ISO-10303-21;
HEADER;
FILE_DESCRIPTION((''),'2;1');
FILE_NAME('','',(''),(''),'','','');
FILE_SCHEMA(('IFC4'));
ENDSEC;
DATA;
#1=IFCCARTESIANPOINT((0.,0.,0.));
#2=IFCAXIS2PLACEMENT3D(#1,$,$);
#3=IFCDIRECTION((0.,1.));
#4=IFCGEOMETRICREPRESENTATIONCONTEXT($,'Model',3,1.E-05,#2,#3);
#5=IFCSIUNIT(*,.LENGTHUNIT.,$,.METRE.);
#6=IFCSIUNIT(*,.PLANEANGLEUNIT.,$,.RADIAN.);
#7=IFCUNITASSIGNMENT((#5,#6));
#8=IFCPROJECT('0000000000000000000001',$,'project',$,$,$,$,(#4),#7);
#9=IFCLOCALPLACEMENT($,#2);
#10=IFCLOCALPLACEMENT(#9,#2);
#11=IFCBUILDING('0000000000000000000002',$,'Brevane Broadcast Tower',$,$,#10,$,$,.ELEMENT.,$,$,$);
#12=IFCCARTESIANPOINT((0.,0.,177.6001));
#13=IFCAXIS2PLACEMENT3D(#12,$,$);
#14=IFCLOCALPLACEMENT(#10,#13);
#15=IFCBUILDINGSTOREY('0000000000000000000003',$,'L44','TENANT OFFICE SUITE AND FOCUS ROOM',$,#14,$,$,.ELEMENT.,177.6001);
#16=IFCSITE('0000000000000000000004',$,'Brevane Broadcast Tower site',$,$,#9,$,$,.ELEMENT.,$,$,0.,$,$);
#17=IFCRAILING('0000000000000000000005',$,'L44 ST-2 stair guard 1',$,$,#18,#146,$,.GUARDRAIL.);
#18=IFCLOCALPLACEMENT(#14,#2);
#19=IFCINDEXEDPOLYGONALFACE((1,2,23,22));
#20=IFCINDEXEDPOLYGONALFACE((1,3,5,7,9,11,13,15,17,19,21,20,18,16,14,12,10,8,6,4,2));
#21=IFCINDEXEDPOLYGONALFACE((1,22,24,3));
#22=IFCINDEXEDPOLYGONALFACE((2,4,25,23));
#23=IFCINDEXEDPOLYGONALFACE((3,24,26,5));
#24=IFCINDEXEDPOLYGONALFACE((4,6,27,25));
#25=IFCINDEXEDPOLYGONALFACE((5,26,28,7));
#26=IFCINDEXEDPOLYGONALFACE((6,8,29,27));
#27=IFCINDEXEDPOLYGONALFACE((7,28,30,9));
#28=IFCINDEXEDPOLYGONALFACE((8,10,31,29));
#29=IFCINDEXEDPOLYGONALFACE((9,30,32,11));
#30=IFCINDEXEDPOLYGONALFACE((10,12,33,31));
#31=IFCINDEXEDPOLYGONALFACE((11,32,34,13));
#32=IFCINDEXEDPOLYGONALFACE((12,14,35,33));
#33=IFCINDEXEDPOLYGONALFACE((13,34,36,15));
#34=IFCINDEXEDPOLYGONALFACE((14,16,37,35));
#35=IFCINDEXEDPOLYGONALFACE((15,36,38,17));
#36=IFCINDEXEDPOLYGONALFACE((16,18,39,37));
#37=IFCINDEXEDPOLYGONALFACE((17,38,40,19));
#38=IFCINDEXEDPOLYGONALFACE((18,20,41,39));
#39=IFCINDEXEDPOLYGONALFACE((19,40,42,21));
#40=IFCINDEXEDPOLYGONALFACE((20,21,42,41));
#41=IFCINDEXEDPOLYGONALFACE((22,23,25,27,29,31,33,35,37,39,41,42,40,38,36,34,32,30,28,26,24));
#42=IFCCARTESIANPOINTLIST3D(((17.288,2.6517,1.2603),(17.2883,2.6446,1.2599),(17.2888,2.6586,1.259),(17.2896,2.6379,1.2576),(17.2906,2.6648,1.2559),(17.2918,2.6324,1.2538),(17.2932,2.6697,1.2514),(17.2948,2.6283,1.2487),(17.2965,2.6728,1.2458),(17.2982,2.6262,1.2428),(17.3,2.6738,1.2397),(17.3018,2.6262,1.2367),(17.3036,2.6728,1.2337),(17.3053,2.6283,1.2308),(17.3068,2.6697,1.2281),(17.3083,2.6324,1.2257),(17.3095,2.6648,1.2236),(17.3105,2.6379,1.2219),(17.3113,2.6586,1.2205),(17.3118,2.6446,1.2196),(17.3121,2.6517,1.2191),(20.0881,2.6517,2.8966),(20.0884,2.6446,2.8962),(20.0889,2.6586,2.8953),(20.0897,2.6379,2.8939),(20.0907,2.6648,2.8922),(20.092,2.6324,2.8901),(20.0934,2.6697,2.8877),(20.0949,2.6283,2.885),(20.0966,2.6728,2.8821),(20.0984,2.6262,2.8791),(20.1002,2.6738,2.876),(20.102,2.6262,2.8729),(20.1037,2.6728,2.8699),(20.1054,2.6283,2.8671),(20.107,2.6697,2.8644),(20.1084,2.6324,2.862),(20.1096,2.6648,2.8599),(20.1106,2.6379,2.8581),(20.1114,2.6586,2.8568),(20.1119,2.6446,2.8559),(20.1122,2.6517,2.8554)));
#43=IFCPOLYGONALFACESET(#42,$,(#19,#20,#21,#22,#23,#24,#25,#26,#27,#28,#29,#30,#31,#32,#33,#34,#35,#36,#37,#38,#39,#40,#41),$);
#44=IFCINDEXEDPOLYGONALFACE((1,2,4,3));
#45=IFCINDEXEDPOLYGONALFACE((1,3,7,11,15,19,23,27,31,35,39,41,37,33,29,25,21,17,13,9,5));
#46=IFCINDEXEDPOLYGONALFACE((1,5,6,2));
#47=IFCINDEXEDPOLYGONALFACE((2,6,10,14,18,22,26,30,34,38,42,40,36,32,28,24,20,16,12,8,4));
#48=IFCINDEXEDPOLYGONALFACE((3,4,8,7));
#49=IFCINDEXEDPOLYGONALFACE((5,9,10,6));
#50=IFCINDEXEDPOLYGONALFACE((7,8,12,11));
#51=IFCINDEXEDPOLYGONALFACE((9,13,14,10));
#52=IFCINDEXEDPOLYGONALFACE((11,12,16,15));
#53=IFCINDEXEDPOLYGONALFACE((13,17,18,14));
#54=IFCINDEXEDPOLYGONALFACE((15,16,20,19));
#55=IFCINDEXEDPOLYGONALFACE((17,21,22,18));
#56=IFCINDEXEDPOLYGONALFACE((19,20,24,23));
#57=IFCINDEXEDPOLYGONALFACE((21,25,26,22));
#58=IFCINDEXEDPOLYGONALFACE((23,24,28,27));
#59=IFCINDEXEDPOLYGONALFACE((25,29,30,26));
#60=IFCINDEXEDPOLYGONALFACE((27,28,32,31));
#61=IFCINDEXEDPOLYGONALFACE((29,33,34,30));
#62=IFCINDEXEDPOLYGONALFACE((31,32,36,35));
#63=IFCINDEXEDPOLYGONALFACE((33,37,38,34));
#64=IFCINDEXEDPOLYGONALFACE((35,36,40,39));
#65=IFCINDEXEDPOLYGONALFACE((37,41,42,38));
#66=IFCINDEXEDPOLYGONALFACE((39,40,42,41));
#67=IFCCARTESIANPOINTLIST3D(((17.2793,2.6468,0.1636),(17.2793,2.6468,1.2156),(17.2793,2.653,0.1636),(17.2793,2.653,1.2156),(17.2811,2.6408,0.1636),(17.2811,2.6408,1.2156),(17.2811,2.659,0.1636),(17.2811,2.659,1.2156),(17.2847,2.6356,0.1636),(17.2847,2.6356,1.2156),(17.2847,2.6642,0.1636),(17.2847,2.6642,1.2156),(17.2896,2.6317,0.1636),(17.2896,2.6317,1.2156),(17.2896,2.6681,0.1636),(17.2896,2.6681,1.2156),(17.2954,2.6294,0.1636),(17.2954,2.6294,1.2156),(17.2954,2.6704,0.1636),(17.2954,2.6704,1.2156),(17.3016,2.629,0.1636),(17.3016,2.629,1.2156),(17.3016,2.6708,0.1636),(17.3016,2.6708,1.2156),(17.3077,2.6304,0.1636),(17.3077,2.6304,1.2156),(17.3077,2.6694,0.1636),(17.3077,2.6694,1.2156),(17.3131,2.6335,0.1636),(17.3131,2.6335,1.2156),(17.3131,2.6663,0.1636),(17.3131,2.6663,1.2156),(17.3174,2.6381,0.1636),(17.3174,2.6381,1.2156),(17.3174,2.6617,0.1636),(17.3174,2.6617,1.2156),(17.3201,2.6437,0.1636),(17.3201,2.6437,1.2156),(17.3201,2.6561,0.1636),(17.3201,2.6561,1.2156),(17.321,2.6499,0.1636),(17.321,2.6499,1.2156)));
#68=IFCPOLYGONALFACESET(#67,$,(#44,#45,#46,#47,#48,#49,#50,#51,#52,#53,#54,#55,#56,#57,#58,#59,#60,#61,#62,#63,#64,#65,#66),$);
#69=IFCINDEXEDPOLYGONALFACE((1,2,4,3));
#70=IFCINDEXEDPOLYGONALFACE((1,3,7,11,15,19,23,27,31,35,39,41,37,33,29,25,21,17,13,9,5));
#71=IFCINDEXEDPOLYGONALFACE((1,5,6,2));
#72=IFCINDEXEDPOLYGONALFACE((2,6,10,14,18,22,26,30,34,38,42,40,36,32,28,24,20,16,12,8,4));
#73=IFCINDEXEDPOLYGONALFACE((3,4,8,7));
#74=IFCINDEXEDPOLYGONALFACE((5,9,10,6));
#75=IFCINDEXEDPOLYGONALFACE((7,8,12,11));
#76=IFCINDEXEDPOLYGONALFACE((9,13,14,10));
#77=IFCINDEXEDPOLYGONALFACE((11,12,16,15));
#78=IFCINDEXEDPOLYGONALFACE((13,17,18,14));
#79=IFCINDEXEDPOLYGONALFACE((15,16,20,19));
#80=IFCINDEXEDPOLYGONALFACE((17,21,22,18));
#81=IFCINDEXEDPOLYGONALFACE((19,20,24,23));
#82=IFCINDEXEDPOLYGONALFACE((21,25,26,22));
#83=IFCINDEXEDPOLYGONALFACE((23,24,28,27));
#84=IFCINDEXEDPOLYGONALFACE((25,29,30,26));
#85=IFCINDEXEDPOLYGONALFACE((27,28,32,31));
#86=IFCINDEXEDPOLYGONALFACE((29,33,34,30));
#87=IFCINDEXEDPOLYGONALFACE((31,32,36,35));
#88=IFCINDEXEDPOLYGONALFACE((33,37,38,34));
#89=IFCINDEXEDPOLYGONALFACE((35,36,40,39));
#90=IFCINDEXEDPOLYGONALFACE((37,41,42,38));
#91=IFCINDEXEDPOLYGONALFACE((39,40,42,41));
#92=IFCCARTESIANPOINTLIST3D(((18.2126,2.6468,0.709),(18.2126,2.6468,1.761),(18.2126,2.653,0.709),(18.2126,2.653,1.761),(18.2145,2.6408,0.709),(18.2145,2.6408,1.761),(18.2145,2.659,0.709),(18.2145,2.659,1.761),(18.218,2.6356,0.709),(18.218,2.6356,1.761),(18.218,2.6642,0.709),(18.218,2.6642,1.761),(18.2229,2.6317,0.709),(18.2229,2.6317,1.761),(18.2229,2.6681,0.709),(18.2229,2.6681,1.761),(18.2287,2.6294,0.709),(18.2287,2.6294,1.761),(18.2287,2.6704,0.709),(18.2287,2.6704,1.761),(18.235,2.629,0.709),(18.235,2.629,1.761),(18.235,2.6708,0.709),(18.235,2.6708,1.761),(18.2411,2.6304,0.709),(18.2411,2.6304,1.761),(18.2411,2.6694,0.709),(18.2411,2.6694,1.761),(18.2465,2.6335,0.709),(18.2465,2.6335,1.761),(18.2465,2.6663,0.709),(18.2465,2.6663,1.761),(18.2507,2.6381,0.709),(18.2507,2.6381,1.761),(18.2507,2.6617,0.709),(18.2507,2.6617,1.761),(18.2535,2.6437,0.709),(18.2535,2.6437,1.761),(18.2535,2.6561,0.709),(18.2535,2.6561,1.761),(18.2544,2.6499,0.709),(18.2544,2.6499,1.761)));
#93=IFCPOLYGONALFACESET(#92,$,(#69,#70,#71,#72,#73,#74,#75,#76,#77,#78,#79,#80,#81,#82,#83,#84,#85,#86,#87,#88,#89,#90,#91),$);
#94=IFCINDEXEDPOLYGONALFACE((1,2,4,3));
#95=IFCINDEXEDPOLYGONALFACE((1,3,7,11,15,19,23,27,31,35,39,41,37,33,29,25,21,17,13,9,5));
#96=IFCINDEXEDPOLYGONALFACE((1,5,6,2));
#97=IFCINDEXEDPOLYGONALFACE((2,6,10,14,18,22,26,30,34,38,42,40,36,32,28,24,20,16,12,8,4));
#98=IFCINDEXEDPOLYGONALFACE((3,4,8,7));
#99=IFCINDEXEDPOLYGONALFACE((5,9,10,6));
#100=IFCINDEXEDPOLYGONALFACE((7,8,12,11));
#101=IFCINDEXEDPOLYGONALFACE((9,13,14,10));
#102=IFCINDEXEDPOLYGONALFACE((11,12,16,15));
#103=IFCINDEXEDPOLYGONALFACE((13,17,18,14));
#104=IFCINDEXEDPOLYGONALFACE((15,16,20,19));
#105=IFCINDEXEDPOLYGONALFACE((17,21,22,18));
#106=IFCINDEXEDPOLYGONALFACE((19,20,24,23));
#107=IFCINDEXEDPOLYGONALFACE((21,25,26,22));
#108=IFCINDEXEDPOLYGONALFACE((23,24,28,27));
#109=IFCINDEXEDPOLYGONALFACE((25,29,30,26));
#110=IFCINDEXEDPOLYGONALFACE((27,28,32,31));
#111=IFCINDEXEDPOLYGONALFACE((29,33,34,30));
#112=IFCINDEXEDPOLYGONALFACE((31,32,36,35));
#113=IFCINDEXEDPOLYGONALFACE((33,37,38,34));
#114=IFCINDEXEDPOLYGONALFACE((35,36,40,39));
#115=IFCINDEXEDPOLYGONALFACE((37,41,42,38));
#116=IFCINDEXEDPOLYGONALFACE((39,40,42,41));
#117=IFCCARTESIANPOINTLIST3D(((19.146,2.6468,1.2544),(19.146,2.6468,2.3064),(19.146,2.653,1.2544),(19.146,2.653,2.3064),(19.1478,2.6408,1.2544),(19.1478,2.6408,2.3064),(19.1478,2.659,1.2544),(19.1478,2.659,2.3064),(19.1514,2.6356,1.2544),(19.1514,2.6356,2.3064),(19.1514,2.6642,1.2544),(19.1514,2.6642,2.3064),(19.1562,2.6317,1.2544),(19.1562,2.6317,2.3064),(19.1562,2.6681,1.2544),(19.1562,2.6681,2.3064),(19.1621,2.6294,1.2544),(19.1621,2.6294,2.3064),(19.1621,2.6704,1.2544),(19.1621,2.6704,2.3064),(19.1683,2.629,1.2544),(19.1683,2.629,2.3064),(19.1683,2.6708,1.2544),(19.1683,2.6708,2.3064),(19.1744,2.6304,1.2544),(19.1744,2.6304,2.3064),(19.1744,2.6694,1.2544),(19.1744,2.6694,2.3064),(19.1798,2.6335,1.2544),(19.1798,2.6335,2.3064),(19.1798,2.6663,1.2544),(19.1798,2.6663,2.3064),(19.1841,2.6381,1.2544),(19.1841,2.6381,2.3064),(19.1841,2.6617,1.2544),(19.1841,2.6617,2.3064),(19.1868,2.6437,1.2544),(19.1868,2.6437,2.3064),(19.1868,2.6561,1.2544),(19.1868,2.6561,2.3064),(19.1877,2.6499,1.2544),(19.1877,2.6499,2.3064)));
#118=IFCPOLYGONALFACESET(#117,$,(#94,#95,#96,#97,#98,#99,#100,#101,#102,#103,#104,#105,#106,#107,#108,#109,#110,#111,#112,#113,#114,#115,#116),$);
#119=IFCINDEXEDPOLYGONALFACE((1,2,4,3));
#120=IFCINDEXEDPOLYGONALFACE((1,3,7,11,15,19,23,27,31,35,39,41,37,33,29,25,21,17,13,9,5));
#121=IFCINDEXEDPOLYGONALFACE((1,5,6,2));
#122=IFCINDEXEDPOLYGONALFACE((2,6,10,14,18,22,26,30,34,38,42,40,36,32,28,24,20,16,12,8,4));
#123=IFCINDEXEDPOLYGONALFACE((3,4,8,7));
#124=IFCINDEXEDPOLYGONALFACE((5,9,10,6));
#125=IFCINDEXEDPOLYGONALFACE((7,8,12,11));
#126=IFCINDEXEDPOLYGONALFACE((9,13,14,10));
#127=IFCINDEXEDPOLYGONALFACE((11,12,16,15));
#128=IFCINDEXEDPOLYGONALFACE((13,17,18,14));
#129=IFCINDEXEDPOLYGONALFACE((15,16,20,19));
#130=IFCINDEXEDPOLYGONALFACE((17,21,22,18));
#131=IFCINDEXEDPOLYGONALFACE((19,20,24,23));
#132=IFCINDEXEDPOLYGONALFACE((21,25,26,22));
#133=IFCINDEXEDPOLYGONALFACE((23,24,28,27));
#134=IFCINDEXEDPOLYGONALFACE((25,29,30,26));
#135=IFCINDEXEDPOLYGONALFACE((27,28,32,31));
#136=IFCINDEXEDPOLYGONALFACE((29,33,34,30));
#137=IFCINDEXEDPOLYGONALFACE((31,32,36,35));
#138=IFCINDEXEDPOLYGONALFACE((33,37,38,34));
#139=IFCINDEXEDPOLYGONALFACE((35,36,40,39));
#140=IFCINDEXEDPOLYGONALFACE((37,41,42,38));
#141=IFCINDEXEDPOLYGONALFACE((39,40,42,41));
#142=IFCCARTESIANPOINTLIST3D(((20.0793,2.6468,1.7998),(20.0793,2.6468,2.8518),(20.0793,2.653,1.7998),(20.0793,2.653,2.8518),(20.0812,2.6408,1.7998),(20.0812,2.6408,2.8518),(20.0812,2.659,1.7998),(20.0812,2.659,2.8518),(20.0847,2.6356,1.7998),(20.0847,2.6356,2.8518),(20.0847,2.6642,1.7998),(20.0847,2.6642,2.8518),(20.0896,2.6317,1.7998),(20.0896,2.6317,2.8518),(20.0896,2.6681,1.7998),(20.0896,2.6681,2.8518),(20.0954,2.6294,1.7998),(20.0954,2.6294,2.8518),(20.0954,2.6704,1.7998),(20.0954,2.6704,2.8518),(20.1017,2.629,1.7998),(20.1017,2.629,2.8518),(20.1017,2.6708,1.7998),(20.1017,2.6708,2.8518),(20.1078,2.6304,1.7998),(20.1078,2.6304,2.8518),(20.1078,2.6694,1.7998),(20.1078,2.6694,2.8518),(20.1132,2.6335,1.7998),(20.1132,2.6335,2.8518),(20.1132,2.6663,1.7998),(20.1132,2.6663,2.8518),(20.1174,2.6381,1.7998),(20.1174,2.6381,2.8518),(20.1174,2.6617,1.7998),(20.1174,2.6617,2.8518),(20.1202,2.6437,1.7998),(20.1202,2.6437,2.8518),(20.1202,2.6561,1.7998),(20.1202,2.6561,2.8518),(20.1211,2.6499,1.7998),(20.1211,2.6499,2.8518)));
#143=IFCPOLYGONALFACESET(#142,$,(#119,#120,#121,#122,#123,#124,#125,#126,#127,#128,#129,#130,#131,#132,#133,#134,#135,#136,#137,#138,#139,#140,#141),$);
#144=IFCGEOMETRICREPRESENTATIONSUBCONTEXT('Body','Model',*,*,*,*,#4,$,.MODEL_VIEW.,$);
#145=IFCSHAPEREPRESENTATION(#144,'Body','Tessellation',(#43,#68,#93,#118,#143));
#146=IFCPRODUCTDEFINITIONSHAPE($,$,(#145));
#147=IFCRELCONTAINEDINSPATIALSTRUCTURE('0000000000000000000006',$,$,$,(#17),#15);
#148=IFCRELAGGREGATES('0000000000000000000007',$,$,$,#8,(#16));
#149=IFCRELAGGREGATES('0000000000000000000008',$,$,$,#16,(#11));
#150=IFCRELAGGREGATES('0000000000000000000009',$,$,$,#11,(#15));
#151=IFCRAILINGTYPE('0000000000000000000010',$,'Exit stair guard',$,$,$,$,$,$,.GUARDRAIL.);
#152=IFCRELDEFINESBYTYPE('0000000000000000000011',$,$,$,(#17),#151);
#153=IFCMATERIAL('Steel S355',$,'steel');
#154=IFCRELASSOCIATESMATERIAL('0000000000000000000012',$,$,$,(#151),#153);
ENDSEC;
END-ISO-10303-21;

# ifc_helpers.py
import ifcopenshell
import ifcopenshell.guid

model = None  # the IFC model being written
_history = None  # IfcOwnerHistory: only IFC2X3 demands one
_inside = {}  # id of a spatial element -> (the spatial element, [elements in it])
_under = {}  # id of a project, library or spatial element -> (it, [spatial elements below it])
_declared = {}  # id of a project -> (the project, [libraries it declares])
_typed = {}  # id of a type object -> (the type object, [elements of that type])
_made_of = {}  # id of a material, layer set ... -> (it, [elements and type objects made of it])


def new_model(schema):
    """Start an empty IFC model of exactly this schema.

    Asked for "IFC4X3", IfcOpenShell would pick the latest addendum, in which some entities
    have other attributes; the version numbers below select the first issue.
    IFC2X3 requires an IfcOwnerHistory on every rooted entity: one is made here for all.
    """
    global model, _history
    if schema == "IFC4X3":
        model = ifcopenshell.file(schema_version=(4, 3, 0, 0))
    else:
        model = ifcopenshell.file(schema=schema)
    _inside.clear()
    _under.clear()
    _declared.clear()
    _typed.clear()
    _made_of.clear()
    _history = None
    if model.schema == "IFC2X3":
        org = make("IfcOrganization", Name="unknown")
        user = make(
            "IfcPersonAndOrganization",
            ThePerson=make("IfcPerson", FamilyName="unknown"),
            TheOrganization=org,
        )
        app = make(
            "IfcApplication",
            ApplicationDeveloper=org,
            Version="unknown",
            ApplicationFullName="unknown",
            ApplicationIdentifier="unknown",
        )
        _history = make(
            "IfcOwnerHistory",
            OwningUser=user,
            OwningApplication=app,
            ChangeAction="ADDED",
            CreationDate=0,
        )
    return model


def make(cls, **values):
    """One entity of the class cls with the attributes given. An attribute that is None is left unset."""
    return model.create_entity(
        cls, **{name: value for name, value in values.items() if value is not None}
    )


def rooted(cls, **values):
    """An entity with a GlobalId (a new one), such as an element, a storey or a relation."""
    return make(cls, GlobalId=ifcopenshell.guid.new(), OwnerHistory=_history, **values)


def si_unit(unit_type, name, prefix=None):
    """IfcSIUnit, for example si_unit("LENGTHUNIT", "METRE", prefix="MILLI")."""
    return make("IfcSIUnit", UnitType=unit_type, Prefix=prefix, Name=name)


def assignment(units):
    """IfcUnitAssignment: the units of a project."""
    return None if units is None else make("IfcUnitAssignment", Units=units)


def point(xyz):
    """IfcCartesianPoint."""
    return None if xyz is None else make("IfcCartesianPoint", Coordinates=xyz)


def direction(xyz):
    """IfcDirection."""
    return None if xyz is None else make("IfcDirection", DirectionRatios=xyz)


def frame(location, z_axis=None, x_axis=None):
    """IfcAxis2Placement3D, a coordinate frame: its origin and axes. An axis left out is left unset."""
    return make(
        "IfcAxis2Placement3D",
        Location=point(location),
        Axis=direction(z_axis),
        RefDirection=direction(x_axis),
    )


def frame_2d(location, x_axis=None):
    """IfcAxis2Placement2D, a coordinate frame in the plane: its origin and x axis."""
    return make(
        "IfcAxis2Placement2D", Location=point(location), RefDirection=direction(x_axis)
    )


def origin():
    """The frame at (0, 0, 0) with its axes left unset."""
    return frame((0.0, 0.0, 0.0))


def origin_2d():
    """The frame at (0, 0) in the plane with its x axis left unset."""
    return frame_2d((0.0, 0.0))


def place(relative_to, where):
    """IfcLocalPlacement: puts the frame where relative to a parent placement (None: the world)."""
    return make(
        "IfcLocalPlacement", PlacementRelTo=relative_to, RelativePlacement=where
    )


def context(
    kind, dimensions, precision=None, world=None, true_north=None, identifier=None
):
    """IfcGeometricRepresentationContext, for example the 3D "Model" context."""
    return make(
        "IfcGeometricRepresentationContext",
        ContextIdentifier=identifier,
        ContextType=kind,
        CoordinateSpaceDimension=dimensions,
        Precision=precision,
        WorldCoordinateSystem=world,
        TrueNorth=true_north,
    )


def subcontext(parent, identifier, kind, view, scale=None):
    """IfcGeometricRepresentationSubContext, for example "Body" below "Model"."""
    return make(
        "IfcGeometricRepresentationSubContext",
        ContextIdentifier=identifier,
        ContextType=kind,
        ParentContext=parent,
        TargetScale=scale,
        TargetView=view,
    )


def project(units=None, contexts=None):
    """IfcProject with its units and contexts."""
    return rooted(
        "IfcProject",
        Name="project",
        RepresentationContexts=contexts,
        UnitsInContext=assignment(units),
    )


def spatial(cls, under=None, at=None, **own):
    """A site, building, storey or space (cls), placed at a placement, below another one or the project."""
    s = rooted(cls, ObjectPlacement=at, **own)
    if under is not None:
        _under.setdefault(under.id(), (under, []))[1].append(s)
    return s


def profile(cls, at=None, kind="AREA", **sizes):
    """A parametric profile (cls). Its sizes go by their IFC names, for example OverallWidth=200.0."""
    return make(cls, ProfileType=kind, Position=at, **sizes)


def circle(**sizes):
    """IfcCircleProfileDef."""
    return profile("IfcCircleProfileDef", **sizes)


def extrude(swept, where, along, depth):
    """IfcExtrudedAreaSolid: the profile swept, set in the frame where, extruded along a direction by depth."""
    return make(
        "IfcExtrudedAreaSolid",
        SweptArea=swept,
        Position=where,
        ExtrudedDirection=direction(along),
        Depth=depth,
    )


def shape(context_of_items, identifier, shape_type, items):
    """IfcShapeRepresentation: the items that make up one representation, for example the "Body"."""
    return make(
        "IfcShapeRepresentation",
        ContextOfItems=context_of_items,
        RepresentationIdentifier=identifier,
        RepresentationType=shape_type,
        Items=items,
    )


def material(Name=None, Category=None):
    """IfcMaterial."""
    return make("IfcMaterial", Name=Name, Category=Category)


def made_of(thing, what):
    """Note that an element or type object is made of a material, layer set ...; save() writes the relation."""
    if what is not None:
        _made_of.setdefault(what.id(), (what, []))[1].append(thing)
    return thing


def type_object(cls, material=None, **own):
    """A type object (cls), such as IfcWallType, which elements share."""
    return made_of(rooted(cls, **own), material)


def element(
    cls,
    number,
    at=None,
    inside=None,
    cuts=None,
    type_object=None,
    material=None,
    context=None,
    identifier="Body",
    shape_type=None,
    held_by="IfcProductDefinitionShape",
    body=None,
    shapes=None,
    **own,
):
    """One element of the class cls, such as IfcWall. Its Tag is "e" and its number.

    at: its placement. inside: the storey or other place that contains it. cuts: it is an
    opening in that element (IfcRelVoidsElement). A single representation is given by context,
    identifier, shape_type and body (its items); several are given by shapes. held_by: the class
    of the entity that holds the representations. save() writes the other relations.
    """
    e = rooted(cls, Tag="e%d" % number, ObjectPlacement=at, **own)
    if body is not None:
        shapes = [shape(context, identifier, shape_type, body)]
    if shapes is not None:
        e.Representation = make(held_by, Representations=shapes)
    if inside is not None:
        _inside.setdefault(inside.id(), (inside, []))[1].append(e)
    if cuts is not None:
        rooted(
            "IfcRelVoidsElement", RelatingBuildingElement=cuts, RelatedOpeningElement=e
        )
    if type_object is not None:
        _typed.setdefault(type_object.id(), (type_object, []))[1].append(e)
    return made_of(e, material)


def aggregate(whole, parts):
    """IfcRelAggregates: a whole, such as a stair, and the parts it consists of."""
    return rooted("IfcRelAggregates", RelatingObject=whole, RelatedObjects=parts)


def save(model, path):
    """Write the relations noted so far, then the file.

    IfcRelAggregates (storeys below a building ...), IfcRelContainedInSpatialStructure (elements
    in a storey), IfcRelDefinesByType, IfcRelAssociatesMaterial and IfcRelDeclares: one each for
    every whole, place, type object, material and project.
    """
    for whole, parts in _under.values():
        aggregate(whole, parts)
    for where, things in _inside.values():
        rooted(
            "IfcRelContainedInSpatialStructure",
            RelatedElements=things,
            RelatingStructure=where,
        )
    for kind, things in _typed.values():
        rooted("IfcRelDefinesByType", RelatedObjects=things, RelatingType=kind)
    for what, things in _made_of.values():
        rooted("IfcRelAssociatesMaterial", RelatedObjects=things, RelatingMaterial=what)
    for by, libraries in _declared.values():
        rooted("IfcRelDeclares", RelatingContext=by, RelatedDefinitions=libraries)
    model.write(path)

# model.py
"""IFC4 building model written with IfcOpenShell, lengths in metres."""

from ifc_helpers import new_model, si_unit, direction, frame, origin, origin_2d, place, context, subcontext, project, spatial, circle, extrude, material, type_object, element, save


model = new_model("IFC4")

# Units and contexts
model_context = context("Model", 3, precision=1e-05, world=origin(), true_north=direction((0.0, 1.0)))
body_context = subcontext(model_context, "Body", "Model", "MODEL_VIEW")
ifc_project = project(units=[si_unit("LENGTHUNIT", "METRE"), si_unit("PLANEANGLEUNIT", "RADIAN")], contexts=[model_context])

# Site, building, storey
site_placement = place(None, origin())
site = spatial("IfcSite", under=ifc_project, at=site_placement, Name="Brevane Broadcast Tower site", CompositionType="ELEMENT", RefElevation=0.0)
building_placement = place(site_placement, origin())
building = spatial("IfcBuilding", under=site, at=building_placement, Name="Brevane Broadcast Tower", CompositionType="ELEMENT")
storey_placement = place(building_placement, frame((0.0, 0.0, 177.6001)))
storey = spatial("IfcBuildingStorey", under=building, at=storey_placement, Name="L44", Description="TENANT OFFICE SUITE AND FOCUS ROOM", CompositionType="ELEMENT", Elevation=177.6001)

# Railing
ifc_material_1 = material(Name="Steel S355", Category="steel")
railing_type_1 = type_object("IfcRailingType", Name="Exit stair guard", PredefinedType="GUARDRAIL", material=ifc_material_1)
railing_1_placement = place(storey_placement, frame((17.3, 2.6499, 0.1636)))
element("IfcRailing", 1, at=railing_1_placement, inside=storey, type_object=railing_type_1, Name="L44 ST-2 stair guard 1", PredefinedType="GUARDRAIL", context=body_context, shape_type="SweptSolid", body=[
    extrude(circle(Radius=0.0239, at=origin_2d()), frame((0.0, 0.0, 1.0762), z_axis=(0.863394, 0.0, 0.504531), x_axis=(0.0, 1.0, 0.0)), (0.0, 0.0, 1.0), 3.2432),
    extrude(circle(Radius=0.021, at=origin_2d()), origin(), (0.0, 0.0, 1.0), 1.052),
    extrude(circle(Radius=0.021, at=origin_2d()), frame((0.9333, 0.0, 0.5454)), (0.0, 0.0, 1.0), 1.052),
    extrude(circle(Radius=0.021, at=origin_2d()), frame((1.8667, 0.0, 1.0908)), (0.0, 0.0, 1.0), 1.052),
    extrude(circle(Radius=0.021, at=origin_2d()), frame((2.8, 0.0, 1.6362)), (0.0, 0.0, 1.0), 1.052),
])

save(model, "model.ifc")
